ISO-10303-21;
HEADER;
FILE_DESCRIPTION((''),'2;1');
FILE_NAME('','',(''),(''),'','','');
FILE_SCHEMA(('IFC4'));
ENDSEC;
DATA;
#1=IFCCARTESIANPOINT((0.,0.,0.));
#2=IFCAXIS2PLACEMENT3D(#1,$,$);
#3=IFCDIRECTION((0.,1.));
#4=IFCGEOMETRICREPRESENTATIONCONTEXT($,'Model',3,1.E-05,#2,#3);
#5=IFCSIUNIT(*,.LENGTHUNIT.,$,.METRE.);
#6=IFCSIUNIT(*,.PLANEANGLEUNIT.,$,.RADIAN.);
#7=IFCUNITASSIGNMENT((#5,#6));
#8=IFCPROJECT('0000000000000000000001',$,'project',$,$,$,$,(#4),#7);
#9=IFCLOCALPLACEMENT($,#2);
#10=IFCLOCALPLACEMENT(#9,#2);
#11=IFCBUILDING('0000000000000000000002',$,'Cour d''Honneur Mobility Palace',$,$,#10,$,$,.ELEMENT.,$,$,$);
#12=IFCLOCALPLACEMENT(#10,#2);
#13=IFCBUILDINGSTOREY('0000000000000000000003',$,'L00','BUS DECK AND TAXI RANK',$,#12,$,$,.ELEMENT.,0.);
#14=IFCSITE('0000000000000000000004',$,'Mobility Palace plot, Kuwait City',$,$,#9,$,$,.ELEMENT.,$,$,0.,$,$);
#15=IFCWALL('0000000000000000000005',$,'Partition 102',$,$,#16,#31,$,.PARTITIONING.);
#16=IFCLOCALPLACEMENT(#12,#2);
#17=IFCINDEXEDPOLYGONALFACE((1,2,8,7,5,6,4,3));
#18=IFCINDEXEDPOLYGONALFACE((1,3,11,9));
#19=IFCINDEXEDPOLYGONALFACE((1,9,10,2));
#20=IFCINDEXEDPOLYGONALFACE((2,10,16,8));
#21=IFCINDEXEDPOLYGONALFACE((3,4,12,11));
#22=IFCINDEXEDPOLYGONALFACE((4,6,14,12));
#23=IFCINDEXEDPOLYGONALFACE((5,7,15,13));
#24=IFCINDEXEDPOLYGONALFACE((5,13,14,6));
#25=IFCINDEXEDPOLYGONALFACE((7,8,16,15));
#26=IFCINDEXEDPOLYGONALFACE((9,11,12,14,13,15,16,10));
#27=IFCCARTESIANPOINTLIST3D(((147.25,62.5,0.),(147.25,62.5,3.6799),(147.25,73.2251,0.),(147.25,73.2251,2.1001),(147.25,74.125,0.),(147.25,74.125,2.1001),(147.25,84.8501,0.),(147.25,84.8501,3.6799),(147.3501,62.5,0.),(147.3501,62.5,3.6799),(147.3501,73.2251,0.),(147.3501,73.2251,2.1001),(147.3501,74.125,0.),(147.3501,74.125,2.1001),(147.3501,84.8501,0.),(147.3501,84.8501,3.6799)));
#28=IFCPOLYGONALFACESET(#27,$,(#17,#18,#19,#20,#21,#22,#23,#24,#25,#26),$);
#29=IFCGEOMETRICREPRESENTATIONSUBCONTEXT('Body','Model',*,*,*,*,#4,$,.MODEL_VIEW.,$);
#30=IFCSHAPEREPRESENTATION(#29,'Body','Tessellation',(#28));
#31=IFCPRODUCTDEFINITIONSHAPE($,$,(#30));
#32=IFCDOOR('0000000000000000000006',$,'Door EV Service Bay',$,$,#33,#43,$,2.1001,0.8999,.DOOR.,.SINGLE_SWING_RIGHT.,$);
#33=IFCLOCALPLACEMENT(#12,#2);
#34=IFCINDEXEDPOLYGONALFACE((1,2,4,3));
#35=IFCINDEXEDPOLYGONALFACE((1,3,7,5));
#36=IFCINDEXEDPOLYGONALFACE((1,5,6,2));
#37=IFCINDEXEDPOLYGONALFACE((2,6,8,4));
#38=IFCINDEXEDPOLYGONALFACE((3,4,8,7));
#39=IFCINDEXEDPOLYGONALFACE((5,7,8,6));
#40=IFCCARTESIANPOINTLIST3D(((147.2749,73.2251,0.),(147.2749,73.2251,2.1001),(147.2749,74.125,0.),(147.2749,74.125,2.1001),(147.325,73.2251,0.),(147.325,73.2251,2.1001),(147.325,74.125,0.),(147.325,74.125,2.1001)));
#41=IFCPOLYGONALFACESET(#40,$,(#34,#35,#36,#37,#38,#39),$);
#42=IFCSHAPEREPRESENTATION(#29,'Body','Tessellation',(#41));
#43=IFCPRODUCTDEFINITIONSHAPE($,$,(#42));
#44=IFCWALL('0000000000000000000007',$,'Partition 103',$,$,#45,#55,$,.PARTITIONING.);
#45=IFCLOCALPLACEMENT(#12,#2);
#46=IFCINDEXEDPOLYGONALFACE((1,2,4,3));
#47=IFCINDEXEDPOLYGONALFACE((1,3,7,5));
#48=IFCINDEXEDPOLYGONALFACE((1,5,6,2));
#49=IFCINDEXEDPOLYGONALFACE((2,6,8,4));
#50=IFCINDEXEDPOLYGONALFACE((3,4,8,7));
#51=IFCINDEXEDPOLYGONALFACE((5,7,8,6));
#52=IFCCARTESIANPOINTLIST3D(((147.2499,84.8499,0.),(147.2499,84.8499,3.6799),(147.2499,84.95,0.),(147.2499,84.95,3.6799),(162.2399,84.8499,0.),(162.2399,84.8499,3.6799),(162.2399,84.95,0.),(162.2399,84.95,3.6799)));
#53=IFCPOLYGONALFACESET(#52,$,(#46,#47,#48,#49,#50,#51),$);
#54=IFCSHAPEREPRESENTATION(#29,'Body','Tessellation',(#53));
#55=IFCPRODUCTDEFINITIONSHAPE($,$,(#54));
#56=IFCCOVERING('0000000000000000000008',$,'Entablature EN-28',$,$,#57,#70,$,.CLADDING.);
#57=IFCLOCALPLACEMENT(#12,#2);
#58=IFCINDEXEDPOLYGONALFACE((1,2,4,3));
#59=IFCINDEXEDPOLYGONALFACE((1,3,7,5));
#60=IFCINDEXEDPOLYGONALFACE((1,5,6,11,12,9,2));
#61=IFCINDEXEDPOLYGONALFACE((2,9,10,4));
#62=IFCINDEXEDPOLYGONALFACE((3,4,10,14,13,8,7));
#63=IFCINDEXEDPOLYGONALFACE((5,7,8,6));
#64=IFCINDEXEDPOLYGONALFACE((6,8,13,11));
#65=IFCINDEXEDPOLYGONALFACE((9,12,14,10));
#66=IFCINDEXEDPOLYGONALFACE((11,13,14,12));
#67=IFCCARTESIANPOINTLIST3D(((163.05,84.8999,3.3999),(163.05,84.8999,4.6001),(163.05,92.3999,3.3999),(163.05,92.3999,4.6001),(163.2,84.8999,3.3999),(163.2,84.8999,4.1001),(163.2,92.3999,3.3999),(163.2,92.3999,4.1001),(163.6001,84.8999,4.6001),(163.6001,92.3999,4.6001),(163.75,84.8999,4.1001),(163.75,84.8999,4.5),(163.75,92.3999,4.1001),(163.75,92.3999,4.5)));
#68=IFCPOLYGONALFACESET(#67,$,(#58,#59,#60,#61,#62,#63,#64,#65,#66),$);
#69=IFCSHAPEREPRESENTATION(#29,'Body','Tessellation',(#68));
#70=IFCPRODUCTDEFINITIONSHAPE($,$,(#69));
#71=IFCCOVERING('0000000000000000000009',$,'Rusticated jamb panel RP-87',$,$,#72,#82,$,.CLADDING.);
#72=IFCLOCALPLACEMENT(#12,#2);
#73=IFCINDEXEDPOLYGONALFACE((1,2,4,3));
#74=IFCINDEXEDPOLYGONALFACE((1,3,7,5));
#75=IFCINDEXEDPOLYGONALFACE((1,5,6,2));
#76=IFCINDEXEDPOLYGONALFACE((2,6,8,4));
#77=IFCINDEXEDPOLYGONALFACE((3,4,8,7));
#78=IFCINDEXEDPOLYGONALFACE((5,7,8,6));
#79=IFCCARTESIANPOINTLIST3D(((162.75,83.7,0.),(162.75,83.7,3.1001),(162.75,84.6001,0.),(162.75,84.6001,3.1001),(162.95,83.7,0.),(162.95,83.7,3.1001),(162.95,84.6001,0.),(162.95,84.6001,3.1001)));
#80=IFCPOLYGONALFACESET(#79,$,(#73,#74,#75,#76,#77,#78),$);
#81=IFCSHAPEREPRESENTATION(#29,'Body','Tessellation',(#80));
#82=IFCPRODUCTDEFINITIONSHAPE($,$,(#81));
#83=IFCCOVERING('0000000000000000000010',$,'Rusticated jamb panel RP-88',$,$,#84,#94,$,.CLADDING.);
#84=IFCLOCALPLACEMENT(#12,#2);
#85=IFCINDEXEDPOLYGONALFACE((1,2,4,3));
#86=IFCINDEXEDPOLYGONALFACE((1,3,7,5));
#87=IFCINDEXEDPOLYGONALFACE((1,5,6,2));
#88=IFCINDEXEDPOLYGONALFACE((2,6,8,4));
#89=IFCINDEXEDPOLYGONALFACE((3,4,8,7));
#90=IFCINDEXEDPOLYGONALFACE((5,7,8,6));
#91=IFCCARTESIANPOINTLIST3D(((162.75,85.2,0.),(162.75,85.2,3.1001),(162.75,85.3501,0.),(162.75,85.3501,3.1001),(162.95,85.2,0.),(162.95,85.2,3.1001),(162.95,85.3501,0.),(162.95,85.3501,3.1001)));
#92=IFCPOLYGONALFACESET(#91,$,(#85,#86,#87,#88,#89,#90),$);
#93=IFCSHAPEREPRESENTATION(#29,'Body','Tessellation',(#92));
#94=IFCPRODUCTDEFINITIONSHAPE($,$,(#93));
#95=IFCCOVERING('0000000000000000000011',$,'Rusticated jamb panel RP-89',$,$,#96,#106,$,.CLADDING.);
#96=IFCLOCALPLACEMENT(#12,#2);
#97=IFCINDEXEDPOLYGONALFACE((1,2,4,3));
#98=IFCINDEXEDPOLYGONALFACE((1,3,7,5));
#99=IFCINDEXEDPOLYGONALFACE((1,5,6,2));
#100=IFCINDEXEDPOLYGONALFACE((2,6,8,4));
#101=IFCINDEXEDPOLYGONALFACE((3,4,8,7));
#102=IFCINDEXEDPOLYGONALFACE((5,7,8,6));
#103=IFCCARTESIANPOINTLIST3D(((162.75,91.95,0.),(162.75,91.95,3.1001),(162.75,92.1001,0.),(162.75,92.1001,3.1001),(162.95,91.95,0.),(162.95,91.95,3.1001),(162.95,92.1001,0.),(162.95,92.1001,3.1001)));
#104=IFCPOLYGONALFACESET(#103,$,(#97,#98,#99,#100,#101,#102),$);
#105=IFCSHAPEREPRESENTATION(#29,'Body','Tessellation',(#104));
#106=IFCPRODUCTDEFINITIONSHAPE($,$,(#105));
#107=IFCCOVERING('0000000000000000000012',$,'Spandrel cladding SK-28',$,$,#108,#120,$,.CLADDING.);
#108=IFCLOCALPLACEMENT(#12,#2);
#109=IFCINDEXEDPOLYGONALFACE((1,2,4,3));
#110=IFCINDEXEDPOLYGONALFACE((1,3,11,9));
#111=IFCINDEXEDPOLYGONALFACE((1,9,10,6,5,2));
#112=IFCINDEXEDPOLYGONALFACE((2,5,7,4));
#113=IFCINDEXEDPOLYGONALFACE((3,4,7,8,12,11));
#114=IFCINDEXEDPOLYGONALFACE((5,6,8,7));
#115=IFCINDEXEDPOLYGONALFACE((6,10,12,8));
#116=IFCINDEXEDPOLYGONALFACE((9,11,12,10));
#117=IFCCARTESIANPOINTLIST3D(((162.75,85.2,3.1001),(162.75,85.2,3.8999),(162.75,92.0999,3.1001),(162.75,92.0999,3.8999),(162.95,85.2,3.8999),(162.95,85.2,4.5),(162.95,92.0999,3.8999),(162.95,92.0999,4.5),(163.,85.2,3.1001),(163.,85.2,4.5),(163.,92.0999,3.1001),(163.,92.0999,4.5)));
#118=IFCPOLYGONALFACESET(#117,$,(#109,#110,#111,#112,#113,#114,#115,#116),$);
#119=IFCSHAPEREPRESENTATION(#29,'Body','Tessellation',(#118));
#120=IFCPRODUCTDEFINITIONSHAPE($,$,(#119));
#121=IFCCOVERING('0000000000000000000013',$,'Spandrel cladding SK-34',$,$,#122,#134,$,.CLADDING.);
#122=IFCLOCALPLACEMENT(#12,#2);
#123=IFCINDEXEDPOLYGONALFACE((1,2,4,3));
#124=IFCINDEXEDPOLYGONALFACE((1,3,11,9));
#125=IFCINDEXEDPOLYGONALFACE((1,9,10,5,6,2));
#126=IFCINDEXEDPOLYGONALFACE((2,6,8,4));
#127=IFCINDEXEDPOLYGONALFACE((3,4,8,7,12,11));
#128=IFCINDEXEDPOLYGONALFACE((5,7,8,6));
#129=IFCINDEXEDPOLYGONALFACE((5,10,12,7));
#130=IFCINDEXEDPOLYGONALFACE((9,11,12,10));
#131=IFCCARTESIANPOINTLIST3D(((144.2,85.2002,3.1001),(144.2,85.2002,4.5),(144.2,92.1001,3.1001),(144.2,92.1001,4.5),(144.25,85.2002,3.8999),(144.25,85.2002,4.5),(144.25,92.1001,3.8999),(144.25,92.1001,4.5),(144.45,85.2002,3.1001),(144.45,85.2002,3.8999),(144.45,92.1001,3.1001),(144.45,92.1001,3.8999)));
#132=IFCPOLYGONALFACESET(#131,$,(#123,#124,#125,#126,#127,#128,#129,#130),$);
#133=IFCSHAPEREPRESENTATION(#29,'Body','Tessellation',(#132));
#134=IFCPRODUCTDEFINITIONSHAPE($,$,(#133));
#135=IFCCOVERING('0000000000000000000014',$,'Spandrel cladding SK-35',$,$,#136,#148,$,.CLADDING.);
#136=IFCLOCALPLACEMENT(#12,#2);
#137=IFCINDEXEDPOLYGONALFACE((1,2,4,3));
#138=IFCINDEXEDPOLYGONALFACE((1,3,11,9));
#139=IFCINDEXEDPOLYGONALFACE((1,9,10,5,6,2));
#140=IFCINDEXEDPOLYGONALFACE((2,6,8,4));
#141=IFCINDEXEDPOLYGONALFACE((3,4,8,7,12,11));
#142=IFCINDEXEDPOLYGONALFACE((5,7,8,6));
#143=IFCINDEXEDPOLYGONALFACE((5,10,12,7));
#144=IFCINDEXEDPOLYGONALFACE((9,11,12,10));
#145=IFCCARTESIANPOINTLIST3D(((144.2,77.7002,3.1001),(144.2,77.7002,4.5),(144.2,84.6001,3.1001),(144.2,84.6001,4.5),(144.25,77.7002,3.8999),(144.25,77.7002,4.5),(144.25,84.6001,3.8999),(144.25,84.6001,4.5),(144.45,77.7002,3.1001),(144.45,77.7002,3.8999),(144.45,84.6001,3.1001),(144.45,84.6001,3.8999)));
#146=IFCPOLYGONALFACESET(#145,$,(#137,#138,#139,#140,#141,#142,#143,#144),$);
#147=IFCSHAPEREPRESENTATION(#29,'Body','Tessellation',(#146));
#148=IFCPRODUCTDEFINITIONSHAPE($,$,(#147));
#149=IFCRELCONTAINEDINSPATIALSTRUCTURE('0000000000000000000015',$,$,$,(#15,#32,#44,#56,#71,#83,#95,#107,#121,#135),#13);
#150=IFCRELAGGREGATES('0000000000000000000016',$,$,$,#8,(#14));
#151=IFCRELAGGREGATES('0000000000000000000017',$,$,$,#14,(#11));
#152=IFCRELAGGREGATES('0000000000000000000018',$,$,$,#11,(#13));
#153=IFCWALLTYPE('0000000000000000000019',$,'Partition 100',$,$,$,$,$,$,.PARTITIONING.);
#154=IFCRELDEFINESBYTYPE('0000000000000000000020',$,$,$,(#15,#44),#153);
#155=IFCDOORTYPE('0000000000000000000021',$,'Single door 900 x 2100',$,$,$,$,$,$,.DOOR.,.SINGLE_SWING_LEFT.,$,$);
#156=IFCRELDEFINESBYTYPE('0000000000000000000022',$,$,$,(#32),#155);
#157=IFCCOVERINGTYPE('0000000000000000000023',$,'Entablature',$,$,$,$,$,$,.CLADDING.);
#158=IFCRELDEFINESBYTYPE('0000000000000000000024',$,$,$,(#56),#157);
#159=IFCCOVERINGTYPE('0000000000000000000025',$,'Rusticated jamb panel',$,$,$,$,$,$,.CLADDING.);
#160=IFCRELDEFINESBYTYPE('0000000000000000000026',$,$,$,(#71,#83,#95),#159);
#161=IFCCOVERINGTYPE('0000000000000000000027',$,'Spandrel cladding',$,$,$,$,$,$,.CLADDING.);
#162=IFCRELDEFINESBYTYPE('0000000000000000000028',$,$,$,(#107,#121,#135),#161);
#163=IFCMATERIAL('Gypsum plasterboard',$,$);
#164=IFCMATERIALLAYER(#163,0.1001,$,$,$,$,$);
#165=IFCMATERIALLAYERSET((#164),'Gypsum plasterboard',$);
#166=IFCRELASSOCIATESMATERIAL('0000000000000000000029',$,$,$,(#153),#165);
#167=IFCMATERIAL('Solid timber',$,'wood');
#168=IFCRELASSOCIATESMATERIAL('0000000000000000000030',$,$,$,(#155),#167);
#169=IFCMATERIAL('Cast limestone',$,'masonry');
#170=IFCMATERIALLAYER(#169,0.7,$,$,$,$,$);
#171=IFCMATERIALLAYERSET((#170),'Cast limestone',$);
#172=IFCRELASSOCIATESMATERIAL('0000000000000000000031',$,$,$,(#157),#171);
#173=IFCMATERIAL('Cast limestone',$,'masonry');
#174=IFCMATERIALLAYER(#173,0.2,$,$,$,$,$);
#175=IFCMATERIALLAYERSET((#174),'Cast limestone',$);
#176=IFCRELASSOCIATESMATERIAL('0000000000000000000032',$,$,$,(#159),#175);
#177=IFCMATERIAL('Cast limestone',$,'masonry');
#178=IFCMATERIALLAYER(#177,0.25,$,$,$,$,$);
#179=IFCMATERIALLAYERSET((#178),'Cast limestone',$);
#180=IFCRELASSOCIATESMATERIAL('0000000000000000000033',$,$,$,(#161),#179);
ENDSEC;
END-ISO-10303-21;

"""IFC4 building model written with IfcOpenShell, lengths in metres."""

from ifc_helpers import new_model, si_unit, direction, frame, frame_2d, origin, place, context, subcontext, project, spatial, polyline, rectangle, outline, extrude, material, layer, layer_set, type_object, element, fill, save


model = new_model("IFC4")

# Units and contexts
model_context = context("Model", 3, precision=1e-05, world=origin(), true_north=direction((0.0, 1.0)))
body_context = subcontext(model_context, "Body", "Model", "MODEL_VIEW")
ifc_project = project(units=[si_unit("LENGTHUNIT", "METRE"), si_unit("PLANEANGLEUNIT", "RADIAN")], contexts=[model_context])

# Site, building, storey
site_placement = place(None, origin())
site = spatial("IfcSite", under=ifc_project, at=site_placement, Name="Mobility Palace plot, Kuwait City", CompositionType="ELEMENT", RefElevation=0.0)
building_placement = place(site_placement, origin())
building = spatial("IfcBuilding", under=site, at=building_placement, Name="Cour d'Honneur Mobility Palace", CompositionType="ELEMENT")
storey_placement = place(building_placement, origin())
storey = spatial("IfcBuildingStorey", under=building, at=storey_placement, Name="L00", Description="BUS DECK AND TAXI RANK", CompositionType="ELEMENT", Elevation=0.0)

# Wall, opening, door
ifc_material_1 = material(Name="Gypsum plasterboard")
ifc_layer_1 = layer(ifc_material_1, 0.1001)
ifc_layer_set_1 = layer_set([ifc_layer_1], Name="Gypsum plasterboard")
wall_type_1 = type_object("IfcWallType", Name="Partition 100", PredefinedType="PARTITIONING", material=ifc_layer_set_1)
wall_1_placement = place(storey_placement, frame((147.3, 84.8501, 0.0), z_axis=(0.0, 0.0, 1.0), x_axis=(0.0, -1.0, 0.0)))
wall_1 = element("IfcWall", 1, at=wall_1_placement, inside=storey, type_object=wall_type_1, Name="Partition 102", PredefinedType="PARTITIONING", context=body_context, shape_type="SweptSolid", body=[
    extrude(rectangle(XDim=22.3501, YDim=0.1001, at=frame_2d((11.175, 0.0))), origin(), (0.0, 0.0, 1.0), 3.6799),
])
opening_1_placement = place(wall_1_placement, frame((10.7251, 0.0, 0.0)))
opening_1 = element("IfcOpeningElement", 2, at=opening_1_placement, cuts=wall_1, PredefinedType="OPENING", context=body_context, shape_type="SweptSolid", body=[
    extrude(rectangle(XDim=0.8999, YDim=2.1001, at=frame_2d((0.45, 1.05))), frame((0.0, 0.0601, 0.0), z_axis=(0.0, -1.0, 0.0), x_axis=(1.0, 0.0, 0.0)), (0.0, 0.0, 1.0), 0.1201),
])
ifc_material_2 = material(Name="Solid timber", Category="wood")
door_type_1 = type_object("IfcDoorType", Name="Single door 900 x 2100", OperationType="SINGLE_SWING_LEFT", PredefinedType="DOOR", material=ifc_material_2)
door_1_placement = place(opening_1_placement, origin())
door_1 = element("IfcDoor", 3, at=door_1_placement, inside=storey, type_object=door_type_1, Name="Door EV Service Bay", OperationType="SINGLE_SWING_RIGHT", OverallHeight=2.1001, OverallWidth=0.8999, PredefinedType="DOOR", context=body_context, shape_type="SweptSolid", body=[
    extrude(rectangle(XDim=0.8999, YDim=2.1001, at=frame_2d((0.45, 1.05))), frame((0.0, 0.0249, 0.0), z_axis=(0.0, -1.0, 0.0), x_axis=(1.0, 0.0, 0.0)), (0.0, 0.0, 1.0), 0.05),
])
fill(opening_1, door_1)

# Wall
wall_2_placement = place(storey_placement, frame((162.24, 84.8999, 0.0), z_axis=(0.0, 0.0, 1.0), x_axis=(-1.0, 0.0, 0.0)))
element("IfcWall", 4, at=wall_2_placement, inside=storey, type_object=wall_type_1, Name="Partition 103", PredefinedType="PARTITIONING", context=body_context, shape_type="SweptSolid", body=[
    extrude(rectangle(XDim=14.99, YDim=0.1001, at=frame_2d((7.4951, 0.0))), origin(), (0.0, 0.0, 1.0), 3.6799),
])

# Coverings
ifc_material_3 = material(Name="Cast limestone", Category="masonry")
ifc_layer_2 = layer(ifc_material_3, 0.7)
ifc_layer_set_2 = layer_set([ifc_layer_2], Name="Cast limestone")
covering_type_1 = type_object("IfcCoveringType", Name="Entablature", PredefinedType="CLADDING", material=ifc_layer_set_2)
covering_1_placement = place(storey_placement, frame((163.05, 84.8999, 3.3999), z_axis=(0.0, -1.0, 0.0), x_axis=(1.0, 0.0, 0.0)))
element("IfcCovering", 5, at=covering_1_placement, inside=storey, type_object=covering_type_1, Name="Entablature EN-28", PredefinedType="CLADDING", context=body_context, shape_type="SweptSolid", body=[
    extrude(outline(polyline([(0.0, 0.0), (0.1499, 0.0), (0.1499, 0.7002), (0.7, 0.7002), (0.7, 1.1001), (0.55, 1.2002), (0.0, 1.2002), (0.0, 0.0)])), origin(), (0.0, 0.0, -1.0), 7.5),
])
ifc_material_4 = material(Name="Cast limestone", Category="masonry")
ifc_layer_3 = layer(ifc_material_4, 0.2)
ifc_layer_set_3 = layer_set([ifc_layer_3], Name="Cast limestone")
covering_type_2 = type_object("IfcCoveringType", Name="Rusticated jamb panel", PredefinedType="CLADDING", material=ifc_layer_set_3)
covering_2_placement = place(storey_placement, frame((162.95, 83.7, 0.0), z_axis=(1.0, 0.0, 0.0), x_axis=(0.0, 1.0, 0.0)))
element("IfcCovering", 6, at=covering_2_placement, inside=storey, type_object=covering_type_2, Name="Rusticated jamb panel RP-87", PredefinedType="CLADDING", context=body_context, shape_type="SweptSolid", body=[
    extrude(outline(polyline([(0.0, 0.0), (0.9001, 0.0), (0.9001, 3.1001), (0.0, 3.1001), (0.0, 0.0)])), origin(), (0.0, 0.0, -1.0), 0.2),
])
for number, where, z_axis, x_axis, name in (
    (7, (162.95, 85.2, 0.0), (1.0, 0.0, 0.0), (0.0, 1.0, 0.0), "Rusticated jamb panel RP-88"),
    (8, (162.95, 91.95, 0.0), (1.0, 0.0, 0.0), (0.0, 1.0, 0.0), "Rusticated jamb panel RP-89"),
):
    element("IfcCovering", number, at=place(storey_placement, frame(where, z_axis=z_axis, x_axis=x_axis)), inside=storey, type_object=covering_type_2, Name=name, PredefinedType="CLADDING", context=body_context, shape_type="SweptSolid", body=[
        extrude(outline(polyline([(0.0, 0.0), (0.1501, 0.0), (0.1501, 3.1001), (0.0, 3.1001), (0.0, 0.0)])), origin(), (0.0, 0.0, -1.0), 0.2),
    ])
ifc_material_5 = material(Name="Cast limestone", Category="masonry")
ifc_layer_4 = layer(ifc_material_5, 0.25)
ifc_layer_set_4 = layer_set([ifc_layer_4], Name="Cast limestone")
covering_type_3 = type_object("IfcCoveringType", Name="Spandrel cladding", PredefinedType="CLADDING", material=ifc_layer_set_4)
for number, where, z_axis, x_axis, name in (
    (9, (162.75, 85.2, 3.1001), (0.0, -1.0, 0.0), (1.0, 0.0, 0.0), "Spandrel cladding SK-28"),
    (10, (144.45, 92.1001, 3.1001), (0.0, 1.0, 0.0), (-1.0, 0.0, 0.0), "Spandrel cladding SK-34"),
    (11, (144.45, 84.6001, 3.1001), (0.0, 1.0, 0.0), (-1.0, 0.0, 0.0), "Spandrel cladding SK-35"),
):
    element("IfcCovering", number, at=place(storey_placement, frame(where, z_axis=z_axis, x_axis=x_axis)), inside=storey, type_object=covering_type_3, Name=name, PredefinedType="CLADDING", context=body_context, shape_type="SweptSolid", body=[
        extrude(outline(polyline([(0.0, 0.0), (0.25, 0.0), (0.25, 1.3999), (0.2, 1.3999), (0.2, 0.7998), (0.0, 0.7998), (0.0, 0.0)])), origin(), (0.0, 0.0, -1.0), 6.8999),
    ])

save(model, "model.ifc")
